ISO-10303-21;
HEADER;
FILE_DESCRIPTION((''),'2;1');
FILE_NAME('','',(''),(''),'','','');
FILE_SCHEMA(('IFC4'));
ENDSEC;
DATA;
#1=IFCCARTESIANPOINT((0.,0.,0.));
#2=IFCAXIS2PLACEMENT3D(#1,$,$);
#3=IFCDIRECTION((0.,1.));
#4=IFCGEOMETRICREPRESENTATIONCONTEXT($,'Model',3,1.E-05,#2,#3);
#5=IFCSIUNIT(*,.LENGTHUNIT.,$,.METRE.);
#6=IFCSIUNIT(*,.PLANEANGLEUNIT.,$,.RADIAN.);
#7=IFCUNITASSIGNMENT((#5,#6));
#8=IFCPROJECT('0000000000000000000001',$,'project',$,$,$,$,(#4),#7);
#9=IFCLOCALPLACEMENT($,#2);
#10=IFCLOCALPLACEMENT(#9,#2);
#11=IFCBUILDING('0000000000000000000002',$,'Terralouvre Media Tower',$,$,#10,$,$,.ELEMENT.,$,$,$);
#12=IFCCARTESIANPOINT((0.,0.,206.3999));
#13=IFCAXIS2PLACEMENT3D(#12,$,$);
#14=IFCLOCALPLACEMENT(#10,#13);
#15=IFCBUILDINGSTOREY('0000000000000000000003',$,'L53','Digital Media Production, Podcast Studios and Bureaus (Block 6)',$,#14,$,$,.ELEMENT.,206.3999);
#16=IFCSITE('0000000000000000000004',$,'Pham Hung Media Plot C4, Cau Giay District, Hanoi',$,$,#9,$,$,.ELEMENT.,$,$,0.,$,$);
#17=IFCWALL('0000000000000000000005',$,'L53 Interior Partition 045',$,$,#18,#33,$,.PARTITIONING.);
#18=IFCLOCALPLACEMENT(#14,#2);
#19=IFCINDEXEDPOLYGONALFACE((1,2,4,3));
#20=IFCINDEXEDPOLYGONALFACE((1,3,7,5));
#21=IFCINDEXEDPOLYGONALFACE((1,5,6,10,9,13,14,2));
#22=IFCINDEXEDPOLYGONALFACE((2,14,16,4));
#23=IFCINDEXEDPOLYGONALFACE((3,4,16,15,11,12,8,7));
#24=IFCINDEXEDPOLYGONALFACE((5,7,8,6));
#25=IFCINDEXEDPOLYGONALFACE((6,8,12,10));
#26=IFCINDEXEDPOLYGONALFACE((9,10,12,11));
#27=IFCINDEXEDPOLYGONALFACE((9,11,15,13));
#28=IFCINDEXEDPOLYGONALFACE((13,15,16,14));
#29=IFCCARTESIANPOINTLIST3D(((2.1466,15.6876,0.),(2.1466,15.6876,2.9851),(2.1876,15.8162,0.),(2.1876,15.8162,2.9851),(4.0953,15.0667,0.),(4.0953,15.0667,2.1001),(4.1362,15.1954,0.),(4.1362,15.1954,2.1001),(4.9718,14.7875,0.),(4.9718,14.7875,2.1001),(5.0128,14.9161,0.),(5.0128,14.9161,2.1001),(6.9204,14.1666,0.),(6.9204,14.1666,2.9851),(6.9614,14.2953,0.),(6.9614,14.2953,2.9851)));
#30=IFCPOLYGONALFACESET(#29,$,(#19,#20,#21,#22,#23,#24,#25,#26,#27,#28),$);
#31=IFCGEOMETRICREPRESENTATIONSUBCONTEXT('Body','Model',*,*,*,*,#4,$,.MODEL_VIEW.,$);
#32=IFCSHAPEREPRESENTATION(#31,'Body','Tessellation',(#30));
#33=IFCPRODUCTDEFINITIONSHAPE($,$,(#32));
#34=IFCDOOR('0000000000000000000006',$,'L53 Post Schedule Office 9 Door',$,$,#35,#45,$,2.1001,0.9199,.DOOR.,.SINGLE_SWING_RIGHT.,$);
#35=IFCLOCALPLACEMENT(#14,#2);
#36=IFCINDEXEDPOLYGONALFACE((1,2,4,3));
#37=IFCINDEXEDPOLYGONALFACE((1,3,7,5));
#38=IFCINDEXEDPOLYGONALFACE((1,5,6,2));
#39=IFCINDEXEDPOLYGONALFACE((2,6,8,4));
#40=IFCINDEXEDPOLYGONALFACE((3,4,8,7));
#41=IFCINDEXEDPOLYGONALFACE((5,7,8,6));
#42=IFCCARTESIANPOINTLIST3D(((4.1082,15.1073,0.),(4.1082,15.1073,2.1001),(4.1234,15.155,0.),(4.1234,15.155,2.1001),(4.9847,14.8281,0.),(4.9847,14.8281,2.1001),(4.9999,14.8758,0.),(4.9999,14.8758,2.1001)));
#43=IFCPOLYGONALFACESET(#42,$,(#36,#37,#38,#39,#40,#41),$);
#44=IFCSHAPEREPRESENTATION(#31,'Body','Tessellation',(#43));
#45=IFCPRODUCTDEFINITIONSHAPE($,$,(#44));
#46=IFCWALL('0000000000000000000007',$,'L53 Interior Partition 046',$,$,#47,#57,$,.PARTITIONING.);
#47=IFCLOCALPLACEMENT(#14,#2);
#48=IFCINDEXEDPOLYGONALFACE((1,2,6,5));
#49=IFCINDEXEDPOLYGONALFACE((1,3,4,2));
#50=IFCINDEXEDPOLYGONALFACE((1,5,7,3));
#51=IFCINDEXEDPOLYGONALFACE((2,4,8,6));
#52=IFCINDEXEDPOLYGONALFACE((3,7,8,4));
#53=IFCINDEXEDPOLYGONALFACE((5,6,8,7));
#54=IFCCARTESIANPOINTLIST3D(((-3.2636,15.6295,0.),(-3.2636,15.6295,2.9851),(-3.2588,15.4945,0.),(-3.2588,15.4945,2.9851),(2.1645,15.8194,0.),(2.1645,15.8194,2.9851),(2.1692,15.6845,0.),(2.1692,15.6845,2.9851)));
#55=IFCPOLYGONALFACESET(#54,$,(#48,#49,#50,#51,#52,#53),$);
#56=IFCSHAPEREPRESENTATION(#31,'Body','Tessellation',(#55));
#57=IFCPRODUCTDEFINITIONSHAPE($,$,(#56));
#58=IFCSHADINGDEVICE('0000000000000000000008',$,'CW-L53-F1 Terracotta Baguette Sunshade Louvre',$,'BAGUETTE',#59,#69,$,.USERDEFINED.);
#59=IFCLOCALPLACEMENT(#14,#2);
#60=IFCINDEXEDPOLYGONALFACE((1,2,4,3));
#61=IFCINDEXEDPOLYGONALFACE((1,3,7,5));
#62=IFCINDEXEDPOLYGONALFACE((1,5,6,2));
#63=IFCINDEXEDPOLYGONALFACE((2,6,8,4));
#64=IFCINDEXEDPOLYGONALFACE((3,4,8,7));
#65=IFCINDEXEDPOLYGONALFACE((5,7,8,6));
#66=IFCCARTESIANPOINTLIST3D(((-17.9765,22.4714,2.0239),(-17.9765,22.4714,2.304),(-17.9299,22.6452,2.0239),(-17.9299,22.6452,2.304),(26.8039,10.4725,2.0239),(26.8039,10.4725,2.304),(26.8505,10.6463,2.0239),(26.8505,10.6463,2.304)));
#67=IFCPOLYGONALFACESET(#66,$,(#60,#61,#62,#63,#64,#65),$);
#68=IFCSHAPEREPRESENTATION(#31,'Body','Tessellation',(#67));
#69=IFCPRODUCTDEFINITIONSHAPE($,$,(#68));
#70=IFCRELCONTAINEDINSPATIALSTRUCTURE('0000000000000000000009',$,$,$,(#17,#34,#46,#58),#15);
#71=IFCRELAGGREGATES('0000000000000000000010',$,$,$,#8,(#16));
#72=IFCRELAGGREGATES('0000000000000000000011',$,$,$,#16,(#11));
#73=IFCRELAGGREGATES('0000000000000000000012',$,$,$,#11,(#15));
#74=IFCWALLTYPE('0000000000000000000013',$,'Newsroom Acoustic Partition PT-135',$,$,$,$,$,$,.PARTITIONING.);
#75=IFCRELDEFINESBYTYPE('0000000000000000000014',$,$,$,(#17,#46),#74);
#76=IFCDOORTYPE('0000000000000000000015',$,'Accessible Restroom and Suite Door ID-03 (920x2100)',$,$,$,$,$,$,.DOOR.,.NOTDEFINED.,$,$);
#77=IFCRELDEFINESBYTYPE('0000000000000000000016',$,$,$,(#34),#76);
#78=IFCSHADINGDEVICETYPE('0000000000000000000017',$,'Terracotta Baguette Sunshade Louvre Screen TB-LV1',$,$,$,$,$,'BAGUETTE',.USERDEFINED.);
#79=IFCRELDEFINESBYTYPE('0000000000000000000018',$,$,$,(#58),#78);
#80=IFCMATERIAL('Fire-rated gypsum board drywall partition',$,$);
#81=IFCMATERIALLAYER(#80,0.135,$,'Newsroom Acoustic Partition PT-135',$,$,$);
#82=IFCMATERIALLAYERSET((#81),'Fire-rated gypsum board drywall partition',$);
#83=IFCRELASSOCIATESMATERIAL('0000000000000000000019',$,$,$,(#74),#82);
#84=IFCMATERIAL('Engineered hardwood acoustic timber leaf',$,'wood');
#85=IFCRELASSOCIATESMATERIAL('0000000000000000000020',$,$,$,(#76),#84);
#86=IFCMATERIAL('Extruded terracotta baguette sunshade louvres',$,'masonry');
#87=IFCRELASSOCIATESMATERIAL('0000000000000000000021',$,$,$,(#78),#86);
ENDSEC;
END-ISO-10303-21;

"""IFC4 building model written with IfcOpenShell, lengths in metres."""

from ifc_helpers import new_model, si_unit, direction, frame, frame_2d, origin, origin_2d, place, context, subcontext, project, spatial, rectangle, extrude, material, layer, layer_set, type_object, element, fill, save


model = new_model("IFC4")

# Units and contexts
model_context = context("Model", 3, precision=1e-05, world=origin(), true_north=direction((0.0, 1.0)))
body_context = subcontext(model_context, "Body", "Model", "MODEL_VIEW")
ifc_project = project(units=[si_unit("LENGTHUNIT", "METRE"), si_unit("PLANEANGLEUNIT", "RADIAN")], contexts=[model_context])

# Site, building, storey
site_placement = place(None, origin())
site = spatial("IfcSite", under=ifc_project, at=site_placement, Name="Pham Hung Media Plot C4, Cau Giay District, Hanoi", CompositionType="ELEMENT", RefElevation=0.0)
building_placement = place(site_placement, origin())
building = spatial("IfcBuilding", under=site, at=building_placement, Name="Terralouvre Media Tower", CompositionType="ELEMENT")
storey_placement = place(building_placement, frame((0.0, 0.0, 206.3999)))
storey = spatial("IfcBuildingStorey", under=building, at=storey_placement, Name="L53", Description="Digital Media Production, Podcast Studios and Bureaus (Block 6)", CompositionType="ELEMENT", Elevation=206.3999)

# Wall, opening, door
ifc_material_1 = material(Name="Fire-rated gypsum board drywall partition")
ifc_layer_1 = layer(ifc_material_1, 0.135, Name="Newsroom Acoustic Partition PT-135")
ifc_layer_set_1 = layer_set([ifc_layer_1], Name="Fire-rated gypsum board drywall partition")
wall_type_1 = type_object("IfcWallType", Name="Newsroom Acoustic Partition PT-135", PredefinedType="PARTITIONING", material=ifc_layer_set_1)
wall_1_placement = place(storey_placement, frame((6.9409, 14.231, 0.0), z_axis=(0.0, 0.0, 1.0), x_axis=(-0.952809, 0.30357, 0.0)))
wall_1 = element("IfcWall", 1, at=wall_1_placement, inside=storey, type_object=wall_type_1, Name="L53 Interior Partition 045", PredefinedType="PARTITIONING", context=body_context, shape_type="SweptSolid", body=[
    extrude(rectangle(XDim=5.0103, YDim=0.135, at=frame_2d((2.5051, 0.0))), origin(), (0.0, 0.0, 1.0), 2.9851),
])
opening_1_placement = place(wall_1_placement, frame((2.0452, 0.0, 0.0)))
opening_1 = element("IfcOpeningElement", 2, at=opening_1_placement, cuts=wall_1, PredefinedType="OPENING", context=body_context, shape_type="SweptSolid", body=[
    extrude(rectangle(XDim=0.9199, YDim=2.1001, at=frame_2d((0.46, 1.05))), frame((0.0, 0.0774, 0.0), z_axis=(0.0, -1.0, 0.0), x_axis=(1.0, 0.0, 0.0)), (0.0, 0.0, 1.0), 0.155),
])
ifc_material_2 = material(Name="Engineered hardwood acoustic timber leaf", Category="wood")
door_type_1 = type_object("IfcDoorType", Name="Accessible Restroom and Suite Door ID-03 (920x2100)", OperationType="NOTDEFINED", PredefinedType="DOOR", material=ifc_material_2)
door_1_placement = place(opening_1_placement, origin())
door_1 = element("IfcDoor", 3, at=door_1_placement, inside=storey, type_object=door_type_1, Name="L53 Post Schedule Office 9 Door", OperationType="SINGLE_SWING_RIGHT", OverallHeight=2.1001, OverallWidth=0.9199, PredefinedType="DOOR", context=body_context, shape_type="SweptSolid", body=[
    extrude(rectangle(XDim=0.9199, YDim=2.1001, at=frame_2d((0.46, 1.05))), frame((0.0, 0.0249, 0.0), z_axis=(0.0, -1.0, 0.0), x_axis=(1.0, 0.0, 0.0)), (0.0, 0.0, 1.0), 0.05),
])
fill(opening_1, door_1)

# Wall
wall_2_placement = place(storey_placement, frame((2.167, 15.752, 0.0), z_axis=(0.0, 0.0, 1.0), x_axis=(-0.999388, -0.034972, 0.0)))
element("IfcWall", 4, at=wall_2_placement, inside=storey, type_object=wall_type_1, Name="L53 Interior Partition 046", PredefinedType="PARTITIONING", context=body_context, shape_type="SweptSolid", body=[
    extrude(rectangle(XDim=5.4314, YDim=0.135, at=frame_2d((2.7158, 0.0))), origin(), (0.0, 0.0, 1.0), 2.9851),
])

# Shading device
ifc_material_3 = material(Name="Extruded terracotta baguette sunshade louvres", Category="masonry")
shading_device_type = type_object("IfcShadingDeviceType", Name="Terracotta Baguette Sunshade Louvre Screen TB-LV1", ElementType="BAGUETTE", PredefinedType="USERDEFINED", material=ifc_material_3)
shading_device_placement = place(storey_placement, frame((4.437, 16.5588, 2.0239), z_axis=(0.0, 0.0, 1.0), x_axis=(-0.965926, 0.258819, 0.0)))
element("IfcShadingDevice", 5, at=shading_device_placement, inside=storey, type_object=shading_device_type, Name="CW-L53-F1 Terracotta Baguette Sunshade Louvre", ObjectType="BAGUETTE", PredefinedType="USERDEFINED", context=body_context, shape_type="SweptSolid", body=[
    extrude(rectangle(XDim=46.3601, YDim=0.1799, at=origin_2d()), origin(), (0.0, 0.0, 1.0), 0.28),
])

save(model, "model.ifc")
